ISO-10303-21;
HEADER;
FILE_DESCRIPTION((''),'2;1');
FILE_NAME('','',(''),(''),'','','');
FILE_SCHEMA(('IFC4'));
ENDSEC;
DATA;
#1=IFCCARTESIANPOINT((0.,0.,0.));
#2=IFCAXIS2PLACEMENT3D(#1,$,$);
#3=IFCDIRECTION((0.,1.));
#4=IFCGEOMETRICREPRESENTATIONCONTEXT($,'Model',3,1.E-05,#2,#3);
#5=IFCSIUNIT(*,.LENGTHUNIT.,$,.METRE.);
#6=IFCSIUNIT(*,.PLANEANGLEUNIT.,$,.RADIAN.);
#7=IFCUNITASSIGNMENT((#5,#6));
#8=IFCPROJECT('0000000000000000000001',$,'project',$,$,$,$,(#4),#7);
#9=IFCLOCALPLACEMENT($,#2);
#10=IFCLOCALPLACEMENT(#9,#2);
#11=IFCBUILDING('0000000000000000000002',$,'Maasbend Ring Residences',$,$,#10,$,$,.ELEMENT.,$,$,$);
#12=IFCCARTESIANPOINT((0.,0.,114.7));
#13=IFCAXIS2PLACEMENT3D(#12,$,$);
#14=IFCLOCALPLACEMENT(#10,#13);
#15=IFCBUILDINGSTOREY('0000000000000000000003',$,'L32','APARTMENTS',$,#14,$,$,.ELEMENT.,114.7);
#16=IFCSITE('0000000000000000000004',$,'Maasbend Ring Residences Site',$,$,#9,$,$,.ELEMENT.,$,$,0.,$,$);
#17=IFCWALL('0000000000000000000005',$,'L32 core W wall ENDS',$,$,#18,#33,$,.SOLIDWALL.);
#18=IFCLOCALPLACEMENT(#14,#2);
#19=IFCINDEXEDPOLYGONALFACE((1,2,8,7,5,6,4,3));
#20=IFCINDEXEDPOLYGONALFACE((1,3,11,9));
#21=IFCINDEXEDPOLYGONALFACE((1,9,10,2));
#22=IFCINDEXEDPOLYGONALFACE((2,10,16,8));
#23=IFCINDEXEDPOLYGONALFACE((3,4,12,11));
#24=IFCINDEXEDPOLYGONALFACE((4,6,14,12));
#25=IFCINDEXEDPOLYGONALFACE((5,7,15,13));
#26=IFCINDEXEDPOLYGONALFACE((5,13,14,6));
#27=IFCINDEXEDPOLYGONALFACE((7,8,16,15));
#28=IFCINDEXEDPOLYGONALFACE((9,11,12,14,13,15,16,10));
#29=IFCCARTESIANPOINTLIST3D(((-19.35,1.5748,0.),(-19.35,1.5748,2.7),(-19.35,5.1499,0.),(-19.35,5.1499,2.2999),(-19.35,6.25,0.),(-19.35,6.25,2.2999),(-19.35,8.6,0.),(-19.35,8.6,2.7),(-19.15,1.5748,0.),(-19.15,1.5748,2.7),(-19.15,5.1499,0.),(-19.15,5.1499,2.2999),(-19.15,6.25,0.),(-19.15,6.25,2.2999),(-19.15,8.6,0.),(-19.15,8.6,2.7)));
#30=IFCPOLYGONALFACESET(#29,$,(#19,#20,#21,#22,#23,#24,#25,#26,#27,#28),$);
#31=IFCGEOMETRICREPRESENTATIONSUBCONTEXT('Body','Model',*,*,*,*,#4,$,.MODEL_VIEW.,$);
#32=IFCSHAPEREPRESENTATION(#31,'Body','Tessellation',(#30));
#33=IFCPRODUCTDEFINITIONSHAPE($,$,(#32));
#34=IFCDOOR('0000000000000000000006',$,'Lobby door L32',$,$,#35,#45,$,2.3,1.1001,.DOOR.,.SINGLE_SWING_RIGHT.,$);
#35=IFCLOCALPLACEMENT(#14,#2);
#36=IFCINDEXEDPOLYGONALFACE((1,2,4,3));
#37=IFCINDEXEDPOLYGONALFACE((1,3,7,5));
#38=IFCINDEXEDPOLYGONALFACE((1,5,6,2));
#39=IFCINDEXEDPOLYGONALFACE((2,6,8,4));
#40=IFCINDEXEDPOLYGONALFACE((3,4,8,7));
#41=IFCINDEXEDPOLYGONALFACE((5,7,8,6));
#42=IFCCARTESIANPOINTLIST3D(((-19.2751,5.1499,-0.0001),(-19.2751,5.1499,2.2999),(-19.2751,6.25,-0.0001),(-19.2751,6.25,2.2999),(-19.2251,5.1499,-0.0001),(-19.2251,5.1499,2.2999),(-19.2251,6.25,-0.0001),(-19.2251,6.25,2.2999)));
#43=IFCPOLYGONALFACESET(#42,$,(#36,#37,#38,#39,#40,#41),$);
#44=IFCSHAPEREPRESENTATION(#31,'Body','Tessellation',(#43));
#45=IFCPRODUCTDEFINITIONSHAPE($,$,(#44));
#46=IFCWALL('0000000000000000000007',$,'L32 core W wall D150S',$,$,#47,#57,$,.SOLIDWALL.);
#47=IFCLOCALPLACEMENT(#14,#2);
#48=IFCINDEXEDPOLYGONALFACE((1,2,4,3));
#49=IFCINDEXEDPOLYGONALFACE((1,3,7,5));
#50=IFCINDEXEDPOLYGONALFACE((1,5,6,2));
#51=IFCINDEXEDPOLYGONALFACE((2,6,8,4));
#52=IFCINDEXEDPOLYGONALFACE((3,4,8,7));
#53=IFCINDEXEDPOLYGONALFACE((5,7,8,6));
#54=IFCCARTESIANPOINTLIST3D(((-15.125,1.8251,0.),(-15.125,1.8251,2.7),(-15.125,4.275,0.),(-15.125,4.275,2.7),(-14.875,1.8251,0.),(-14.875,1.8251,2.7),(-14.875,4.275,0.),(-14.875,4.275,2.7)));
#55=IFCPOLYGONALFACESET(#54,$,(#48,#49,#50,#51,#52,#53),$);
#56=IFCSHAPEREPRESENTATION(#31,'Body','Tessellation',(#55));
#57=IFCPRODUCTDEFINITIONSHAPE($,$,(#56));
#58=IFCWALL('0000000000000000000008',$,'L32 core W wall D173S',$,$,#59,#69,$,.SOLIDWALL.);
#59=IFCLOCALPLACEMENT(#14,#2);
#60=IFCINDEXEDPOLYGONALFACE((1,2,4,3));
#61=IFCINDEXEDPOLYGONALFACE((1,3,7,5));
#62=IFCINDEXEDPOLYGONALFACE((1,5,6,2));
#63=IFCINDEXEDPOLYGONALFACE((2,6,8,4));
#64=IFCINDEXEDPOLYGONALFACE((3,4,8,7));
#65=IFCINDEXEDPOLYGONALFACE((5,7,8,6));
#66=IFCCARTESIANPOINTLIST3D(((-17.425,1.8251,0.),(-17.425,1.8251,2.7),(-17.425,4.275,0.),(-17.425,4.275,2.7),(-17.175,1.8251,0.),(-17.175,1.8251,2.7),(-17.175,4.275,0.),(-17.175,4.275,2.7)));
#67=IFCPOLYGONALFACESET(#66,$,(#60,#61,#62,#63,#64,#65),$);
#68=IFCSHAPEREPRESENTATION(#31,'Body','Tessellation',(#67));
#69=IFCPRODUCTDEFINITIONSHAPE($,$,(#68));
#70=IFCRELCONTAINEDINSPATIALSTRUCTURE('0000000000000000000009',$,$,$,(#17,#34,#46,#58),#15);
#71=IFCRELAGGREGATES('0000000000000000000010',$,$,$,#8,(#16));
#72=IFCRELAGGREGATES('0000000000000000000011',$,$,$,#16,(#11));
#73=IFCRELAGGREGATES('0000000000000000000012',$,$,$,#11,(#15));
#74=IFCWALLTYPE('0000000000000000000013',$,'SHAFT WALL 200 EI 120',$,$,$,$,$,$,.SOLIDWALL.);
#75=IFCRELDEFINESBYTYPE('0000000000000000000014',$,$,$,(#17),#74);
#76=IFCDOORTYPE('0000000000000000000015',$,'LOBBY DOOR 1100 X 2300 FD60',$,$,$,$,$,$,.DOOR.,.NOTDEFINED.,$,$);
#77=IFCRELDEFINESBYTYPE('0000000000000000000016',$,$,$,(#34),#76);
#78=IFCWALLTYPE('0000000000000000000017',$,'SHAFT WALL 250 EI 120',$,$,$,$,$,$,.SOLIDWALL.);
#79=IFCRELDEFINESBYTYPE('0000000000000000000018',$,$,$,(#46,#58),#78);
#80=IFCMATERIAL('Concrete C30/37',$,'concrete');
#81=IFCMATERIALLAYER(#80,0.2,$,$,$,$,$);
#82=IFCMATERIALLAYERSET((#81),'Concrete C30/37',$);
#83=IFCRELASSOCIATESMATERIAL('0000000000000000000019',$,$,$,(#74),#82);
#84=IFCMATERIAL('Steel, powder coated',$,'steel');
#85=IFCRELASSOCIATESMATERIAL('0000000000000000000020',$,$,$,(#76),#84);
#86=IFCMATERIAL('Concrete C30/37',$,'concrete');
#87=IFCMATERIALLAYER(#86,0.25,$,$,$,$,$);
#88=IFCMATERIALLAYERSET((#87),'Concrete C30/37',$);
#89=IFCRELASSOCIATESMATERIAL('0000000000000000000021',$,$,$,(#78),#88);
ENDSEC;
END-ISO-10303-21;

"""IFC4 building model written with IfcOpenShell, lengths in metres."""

from ifc_helpers import new_model, si_unit, direction, frame, frame_2d, origin, place, context, subcontext, project, spatial, rectangle, extrude, material, layer, layer_set, type_object, element, fill, save


model = new_model("IFC4")

# Units and contexts
model_context = context("Model", 3, precision=1e-05, world=origin(), true_north=direction((0.0, 1.0)))
body_context = subcontext(model_context, "Body", "Model", "MODEL_VIEW")
ifc_project = project(units=[si_unit("LENGTHUNIT", "METRE"), si_unit("PLANEANGLEUNIT", "RADIAN")], contexts=[model_context])

# Site, building, storey
site_placement = place(None, origin())
site = spatial("IfcSite", under=ifc_project, at=site_placement, Name="Maasbend Ring Residences Site", CompositionType="ELEMENT", RefElevation=0.0)
building_placement = place(site_placement, origin())
building = spatial("IfcBuilding", under=site, at=building_placement, Name="Maasbend Ring Residences", CompositionType="ELEMENT")
storey_placement = place(building_placement, frame((0.0, 0.0, 114.7)))
storey = spatial("IfcBuildingStorey", under=building, at=storey_placement, Name="L32", Description="APARTMENTS", CompositionType="ELEMENT", Elevation=114.7)

# Wall, opening, door
ifc_material_1 = material(Name="Concrete C30/37", Category="concrete")
ifc_layer_1 = layer(ifc_material_1, 0.2)
ifc_layer_set_1 = layer_set([ifc_layer_1], Name="Concrete C30/37")
wall_type_1 = type_object("IfcWallType", Name="SHAFT WALL 200 EI 120", PredefinedType="SOLIDWALL", material=ifc_layer_set_1)
wall_1_placement = place(storey_placement, frame((-19.25, 8.6001, 0.0), z_axis=(0.0, 0.0, 1.0), x_axis=(0.0, -1.0, 0.0)))
wall_1 = element("IfcWall", 1, at=wall_1_placement, inside=storey, type_object=wall_type_1, Name="L32 core W wall ENDS", PredefinedType="SOLIDWALL", context=body_context, shape_type="SweptSolid", body=[
    extrude(rectangle(XDim=7.0251, YDim=0.2, at=frame_2d((3.5127, 0.0))), origin(), (0.0, 0.0, 1.0), 2.7),
])
opening_1_placement = place(wall_1_placement, frame((2.3501, 0.0, 0.0)))
opening_1 = element("IfcOpeningElement", 2, at=opening_1_placement, cuts=wall_1, PredefinedType="OPENING", context=body_context, shape_type="SweptSolid", body=[
    extrude(rectangle(XDim=1.1001, YDim=2.3, at=frame_2d((0.55, 1.1499))), frame((0.0, 0.1099, 0.0), z_axis=(0.0, -1.0, 0.0), x_axis=(1.0, 0.0, 0.0)), (0.0, 0.0, 1.0), 0.22),
])
ifc_material_2 = material(Name="Steel, powder coated", Category="steel")
door_type_1 = type_object("IfcDoorType", Name="LOBBY DOOR 1100 X 2300 FD60", OperationType="NOTDEFINED", PredefinedType="DOOR", material=ifc_material_2)
door_1_placement = place(opening_1_placement, origin())
door_1 = element("IfcDoor", 3, at=door_1_placement, inside=storey, type_object=door_type_1, Name="Lobby door L32", OperationType="SINGLE_SWING_RIGHT", OverallHeight=2.3, OverallWidth=1.1001, PredefinedType="DOOR", context=body_context, shape_type="SweptSolid", body=[
    extrude(rectangle(XDim=1.1001, YDim=2.3, at=frame_2d((0.55, 1.1499))), frame((0.0, 0.0249, 0.0), z_axis=(0.0, -1.0, 0.0), x_axis=(1.0, 0.0, 0.0)), (0.0, 0.0, 1.0), 0.05),
])
fill(opening_1, door_1)

# Walls
ifc_material_3 = material(Name="Concrete C30/37", Category="concrete")
ifc_layer_2 = layer(ifc_material_3, 0.25)
ifc_layer_set_2 = layer_set([ifc_layer_2], Name="Concrete C30/37")
wall_type_2 = type_object("IfcWallType", Name="SHAFT WALL 250 EI 120", PredefinedType="SOLIDWALL", material=ifc_layer_set_2)
for number, where, z_axis, x_axis, name in (
    (4, (-15.0, 1.825, 0.0), (0.0, 0.0, 1.0), (0.0, 1.0, 0.0), "L32 core W wall D150S"),
    (5, (-17.3, 1.825, 0.0), (0.0, 0.0, 1.0), (0.0, 1.0, 0.0), "L32 core W wall D173S"),
):
    element("IfcWall", number, at=place(storey_placement, frame(where, z_axis=z_axis, x_axis=x_axis)), inside=storey, type_object=wall_type_2, Name=name, PredefinedType="SOLIDWALL", context=body_context, shape_type="SweptSolid", body=[
        extrude(rectangle(XDim=2.45, YDim=0.25, at=frame_2d((1.2251, 0.0))), origin(), (0.0, 0.0, 1.0), 2.7),
    ])

save(model, "model.ifc")
